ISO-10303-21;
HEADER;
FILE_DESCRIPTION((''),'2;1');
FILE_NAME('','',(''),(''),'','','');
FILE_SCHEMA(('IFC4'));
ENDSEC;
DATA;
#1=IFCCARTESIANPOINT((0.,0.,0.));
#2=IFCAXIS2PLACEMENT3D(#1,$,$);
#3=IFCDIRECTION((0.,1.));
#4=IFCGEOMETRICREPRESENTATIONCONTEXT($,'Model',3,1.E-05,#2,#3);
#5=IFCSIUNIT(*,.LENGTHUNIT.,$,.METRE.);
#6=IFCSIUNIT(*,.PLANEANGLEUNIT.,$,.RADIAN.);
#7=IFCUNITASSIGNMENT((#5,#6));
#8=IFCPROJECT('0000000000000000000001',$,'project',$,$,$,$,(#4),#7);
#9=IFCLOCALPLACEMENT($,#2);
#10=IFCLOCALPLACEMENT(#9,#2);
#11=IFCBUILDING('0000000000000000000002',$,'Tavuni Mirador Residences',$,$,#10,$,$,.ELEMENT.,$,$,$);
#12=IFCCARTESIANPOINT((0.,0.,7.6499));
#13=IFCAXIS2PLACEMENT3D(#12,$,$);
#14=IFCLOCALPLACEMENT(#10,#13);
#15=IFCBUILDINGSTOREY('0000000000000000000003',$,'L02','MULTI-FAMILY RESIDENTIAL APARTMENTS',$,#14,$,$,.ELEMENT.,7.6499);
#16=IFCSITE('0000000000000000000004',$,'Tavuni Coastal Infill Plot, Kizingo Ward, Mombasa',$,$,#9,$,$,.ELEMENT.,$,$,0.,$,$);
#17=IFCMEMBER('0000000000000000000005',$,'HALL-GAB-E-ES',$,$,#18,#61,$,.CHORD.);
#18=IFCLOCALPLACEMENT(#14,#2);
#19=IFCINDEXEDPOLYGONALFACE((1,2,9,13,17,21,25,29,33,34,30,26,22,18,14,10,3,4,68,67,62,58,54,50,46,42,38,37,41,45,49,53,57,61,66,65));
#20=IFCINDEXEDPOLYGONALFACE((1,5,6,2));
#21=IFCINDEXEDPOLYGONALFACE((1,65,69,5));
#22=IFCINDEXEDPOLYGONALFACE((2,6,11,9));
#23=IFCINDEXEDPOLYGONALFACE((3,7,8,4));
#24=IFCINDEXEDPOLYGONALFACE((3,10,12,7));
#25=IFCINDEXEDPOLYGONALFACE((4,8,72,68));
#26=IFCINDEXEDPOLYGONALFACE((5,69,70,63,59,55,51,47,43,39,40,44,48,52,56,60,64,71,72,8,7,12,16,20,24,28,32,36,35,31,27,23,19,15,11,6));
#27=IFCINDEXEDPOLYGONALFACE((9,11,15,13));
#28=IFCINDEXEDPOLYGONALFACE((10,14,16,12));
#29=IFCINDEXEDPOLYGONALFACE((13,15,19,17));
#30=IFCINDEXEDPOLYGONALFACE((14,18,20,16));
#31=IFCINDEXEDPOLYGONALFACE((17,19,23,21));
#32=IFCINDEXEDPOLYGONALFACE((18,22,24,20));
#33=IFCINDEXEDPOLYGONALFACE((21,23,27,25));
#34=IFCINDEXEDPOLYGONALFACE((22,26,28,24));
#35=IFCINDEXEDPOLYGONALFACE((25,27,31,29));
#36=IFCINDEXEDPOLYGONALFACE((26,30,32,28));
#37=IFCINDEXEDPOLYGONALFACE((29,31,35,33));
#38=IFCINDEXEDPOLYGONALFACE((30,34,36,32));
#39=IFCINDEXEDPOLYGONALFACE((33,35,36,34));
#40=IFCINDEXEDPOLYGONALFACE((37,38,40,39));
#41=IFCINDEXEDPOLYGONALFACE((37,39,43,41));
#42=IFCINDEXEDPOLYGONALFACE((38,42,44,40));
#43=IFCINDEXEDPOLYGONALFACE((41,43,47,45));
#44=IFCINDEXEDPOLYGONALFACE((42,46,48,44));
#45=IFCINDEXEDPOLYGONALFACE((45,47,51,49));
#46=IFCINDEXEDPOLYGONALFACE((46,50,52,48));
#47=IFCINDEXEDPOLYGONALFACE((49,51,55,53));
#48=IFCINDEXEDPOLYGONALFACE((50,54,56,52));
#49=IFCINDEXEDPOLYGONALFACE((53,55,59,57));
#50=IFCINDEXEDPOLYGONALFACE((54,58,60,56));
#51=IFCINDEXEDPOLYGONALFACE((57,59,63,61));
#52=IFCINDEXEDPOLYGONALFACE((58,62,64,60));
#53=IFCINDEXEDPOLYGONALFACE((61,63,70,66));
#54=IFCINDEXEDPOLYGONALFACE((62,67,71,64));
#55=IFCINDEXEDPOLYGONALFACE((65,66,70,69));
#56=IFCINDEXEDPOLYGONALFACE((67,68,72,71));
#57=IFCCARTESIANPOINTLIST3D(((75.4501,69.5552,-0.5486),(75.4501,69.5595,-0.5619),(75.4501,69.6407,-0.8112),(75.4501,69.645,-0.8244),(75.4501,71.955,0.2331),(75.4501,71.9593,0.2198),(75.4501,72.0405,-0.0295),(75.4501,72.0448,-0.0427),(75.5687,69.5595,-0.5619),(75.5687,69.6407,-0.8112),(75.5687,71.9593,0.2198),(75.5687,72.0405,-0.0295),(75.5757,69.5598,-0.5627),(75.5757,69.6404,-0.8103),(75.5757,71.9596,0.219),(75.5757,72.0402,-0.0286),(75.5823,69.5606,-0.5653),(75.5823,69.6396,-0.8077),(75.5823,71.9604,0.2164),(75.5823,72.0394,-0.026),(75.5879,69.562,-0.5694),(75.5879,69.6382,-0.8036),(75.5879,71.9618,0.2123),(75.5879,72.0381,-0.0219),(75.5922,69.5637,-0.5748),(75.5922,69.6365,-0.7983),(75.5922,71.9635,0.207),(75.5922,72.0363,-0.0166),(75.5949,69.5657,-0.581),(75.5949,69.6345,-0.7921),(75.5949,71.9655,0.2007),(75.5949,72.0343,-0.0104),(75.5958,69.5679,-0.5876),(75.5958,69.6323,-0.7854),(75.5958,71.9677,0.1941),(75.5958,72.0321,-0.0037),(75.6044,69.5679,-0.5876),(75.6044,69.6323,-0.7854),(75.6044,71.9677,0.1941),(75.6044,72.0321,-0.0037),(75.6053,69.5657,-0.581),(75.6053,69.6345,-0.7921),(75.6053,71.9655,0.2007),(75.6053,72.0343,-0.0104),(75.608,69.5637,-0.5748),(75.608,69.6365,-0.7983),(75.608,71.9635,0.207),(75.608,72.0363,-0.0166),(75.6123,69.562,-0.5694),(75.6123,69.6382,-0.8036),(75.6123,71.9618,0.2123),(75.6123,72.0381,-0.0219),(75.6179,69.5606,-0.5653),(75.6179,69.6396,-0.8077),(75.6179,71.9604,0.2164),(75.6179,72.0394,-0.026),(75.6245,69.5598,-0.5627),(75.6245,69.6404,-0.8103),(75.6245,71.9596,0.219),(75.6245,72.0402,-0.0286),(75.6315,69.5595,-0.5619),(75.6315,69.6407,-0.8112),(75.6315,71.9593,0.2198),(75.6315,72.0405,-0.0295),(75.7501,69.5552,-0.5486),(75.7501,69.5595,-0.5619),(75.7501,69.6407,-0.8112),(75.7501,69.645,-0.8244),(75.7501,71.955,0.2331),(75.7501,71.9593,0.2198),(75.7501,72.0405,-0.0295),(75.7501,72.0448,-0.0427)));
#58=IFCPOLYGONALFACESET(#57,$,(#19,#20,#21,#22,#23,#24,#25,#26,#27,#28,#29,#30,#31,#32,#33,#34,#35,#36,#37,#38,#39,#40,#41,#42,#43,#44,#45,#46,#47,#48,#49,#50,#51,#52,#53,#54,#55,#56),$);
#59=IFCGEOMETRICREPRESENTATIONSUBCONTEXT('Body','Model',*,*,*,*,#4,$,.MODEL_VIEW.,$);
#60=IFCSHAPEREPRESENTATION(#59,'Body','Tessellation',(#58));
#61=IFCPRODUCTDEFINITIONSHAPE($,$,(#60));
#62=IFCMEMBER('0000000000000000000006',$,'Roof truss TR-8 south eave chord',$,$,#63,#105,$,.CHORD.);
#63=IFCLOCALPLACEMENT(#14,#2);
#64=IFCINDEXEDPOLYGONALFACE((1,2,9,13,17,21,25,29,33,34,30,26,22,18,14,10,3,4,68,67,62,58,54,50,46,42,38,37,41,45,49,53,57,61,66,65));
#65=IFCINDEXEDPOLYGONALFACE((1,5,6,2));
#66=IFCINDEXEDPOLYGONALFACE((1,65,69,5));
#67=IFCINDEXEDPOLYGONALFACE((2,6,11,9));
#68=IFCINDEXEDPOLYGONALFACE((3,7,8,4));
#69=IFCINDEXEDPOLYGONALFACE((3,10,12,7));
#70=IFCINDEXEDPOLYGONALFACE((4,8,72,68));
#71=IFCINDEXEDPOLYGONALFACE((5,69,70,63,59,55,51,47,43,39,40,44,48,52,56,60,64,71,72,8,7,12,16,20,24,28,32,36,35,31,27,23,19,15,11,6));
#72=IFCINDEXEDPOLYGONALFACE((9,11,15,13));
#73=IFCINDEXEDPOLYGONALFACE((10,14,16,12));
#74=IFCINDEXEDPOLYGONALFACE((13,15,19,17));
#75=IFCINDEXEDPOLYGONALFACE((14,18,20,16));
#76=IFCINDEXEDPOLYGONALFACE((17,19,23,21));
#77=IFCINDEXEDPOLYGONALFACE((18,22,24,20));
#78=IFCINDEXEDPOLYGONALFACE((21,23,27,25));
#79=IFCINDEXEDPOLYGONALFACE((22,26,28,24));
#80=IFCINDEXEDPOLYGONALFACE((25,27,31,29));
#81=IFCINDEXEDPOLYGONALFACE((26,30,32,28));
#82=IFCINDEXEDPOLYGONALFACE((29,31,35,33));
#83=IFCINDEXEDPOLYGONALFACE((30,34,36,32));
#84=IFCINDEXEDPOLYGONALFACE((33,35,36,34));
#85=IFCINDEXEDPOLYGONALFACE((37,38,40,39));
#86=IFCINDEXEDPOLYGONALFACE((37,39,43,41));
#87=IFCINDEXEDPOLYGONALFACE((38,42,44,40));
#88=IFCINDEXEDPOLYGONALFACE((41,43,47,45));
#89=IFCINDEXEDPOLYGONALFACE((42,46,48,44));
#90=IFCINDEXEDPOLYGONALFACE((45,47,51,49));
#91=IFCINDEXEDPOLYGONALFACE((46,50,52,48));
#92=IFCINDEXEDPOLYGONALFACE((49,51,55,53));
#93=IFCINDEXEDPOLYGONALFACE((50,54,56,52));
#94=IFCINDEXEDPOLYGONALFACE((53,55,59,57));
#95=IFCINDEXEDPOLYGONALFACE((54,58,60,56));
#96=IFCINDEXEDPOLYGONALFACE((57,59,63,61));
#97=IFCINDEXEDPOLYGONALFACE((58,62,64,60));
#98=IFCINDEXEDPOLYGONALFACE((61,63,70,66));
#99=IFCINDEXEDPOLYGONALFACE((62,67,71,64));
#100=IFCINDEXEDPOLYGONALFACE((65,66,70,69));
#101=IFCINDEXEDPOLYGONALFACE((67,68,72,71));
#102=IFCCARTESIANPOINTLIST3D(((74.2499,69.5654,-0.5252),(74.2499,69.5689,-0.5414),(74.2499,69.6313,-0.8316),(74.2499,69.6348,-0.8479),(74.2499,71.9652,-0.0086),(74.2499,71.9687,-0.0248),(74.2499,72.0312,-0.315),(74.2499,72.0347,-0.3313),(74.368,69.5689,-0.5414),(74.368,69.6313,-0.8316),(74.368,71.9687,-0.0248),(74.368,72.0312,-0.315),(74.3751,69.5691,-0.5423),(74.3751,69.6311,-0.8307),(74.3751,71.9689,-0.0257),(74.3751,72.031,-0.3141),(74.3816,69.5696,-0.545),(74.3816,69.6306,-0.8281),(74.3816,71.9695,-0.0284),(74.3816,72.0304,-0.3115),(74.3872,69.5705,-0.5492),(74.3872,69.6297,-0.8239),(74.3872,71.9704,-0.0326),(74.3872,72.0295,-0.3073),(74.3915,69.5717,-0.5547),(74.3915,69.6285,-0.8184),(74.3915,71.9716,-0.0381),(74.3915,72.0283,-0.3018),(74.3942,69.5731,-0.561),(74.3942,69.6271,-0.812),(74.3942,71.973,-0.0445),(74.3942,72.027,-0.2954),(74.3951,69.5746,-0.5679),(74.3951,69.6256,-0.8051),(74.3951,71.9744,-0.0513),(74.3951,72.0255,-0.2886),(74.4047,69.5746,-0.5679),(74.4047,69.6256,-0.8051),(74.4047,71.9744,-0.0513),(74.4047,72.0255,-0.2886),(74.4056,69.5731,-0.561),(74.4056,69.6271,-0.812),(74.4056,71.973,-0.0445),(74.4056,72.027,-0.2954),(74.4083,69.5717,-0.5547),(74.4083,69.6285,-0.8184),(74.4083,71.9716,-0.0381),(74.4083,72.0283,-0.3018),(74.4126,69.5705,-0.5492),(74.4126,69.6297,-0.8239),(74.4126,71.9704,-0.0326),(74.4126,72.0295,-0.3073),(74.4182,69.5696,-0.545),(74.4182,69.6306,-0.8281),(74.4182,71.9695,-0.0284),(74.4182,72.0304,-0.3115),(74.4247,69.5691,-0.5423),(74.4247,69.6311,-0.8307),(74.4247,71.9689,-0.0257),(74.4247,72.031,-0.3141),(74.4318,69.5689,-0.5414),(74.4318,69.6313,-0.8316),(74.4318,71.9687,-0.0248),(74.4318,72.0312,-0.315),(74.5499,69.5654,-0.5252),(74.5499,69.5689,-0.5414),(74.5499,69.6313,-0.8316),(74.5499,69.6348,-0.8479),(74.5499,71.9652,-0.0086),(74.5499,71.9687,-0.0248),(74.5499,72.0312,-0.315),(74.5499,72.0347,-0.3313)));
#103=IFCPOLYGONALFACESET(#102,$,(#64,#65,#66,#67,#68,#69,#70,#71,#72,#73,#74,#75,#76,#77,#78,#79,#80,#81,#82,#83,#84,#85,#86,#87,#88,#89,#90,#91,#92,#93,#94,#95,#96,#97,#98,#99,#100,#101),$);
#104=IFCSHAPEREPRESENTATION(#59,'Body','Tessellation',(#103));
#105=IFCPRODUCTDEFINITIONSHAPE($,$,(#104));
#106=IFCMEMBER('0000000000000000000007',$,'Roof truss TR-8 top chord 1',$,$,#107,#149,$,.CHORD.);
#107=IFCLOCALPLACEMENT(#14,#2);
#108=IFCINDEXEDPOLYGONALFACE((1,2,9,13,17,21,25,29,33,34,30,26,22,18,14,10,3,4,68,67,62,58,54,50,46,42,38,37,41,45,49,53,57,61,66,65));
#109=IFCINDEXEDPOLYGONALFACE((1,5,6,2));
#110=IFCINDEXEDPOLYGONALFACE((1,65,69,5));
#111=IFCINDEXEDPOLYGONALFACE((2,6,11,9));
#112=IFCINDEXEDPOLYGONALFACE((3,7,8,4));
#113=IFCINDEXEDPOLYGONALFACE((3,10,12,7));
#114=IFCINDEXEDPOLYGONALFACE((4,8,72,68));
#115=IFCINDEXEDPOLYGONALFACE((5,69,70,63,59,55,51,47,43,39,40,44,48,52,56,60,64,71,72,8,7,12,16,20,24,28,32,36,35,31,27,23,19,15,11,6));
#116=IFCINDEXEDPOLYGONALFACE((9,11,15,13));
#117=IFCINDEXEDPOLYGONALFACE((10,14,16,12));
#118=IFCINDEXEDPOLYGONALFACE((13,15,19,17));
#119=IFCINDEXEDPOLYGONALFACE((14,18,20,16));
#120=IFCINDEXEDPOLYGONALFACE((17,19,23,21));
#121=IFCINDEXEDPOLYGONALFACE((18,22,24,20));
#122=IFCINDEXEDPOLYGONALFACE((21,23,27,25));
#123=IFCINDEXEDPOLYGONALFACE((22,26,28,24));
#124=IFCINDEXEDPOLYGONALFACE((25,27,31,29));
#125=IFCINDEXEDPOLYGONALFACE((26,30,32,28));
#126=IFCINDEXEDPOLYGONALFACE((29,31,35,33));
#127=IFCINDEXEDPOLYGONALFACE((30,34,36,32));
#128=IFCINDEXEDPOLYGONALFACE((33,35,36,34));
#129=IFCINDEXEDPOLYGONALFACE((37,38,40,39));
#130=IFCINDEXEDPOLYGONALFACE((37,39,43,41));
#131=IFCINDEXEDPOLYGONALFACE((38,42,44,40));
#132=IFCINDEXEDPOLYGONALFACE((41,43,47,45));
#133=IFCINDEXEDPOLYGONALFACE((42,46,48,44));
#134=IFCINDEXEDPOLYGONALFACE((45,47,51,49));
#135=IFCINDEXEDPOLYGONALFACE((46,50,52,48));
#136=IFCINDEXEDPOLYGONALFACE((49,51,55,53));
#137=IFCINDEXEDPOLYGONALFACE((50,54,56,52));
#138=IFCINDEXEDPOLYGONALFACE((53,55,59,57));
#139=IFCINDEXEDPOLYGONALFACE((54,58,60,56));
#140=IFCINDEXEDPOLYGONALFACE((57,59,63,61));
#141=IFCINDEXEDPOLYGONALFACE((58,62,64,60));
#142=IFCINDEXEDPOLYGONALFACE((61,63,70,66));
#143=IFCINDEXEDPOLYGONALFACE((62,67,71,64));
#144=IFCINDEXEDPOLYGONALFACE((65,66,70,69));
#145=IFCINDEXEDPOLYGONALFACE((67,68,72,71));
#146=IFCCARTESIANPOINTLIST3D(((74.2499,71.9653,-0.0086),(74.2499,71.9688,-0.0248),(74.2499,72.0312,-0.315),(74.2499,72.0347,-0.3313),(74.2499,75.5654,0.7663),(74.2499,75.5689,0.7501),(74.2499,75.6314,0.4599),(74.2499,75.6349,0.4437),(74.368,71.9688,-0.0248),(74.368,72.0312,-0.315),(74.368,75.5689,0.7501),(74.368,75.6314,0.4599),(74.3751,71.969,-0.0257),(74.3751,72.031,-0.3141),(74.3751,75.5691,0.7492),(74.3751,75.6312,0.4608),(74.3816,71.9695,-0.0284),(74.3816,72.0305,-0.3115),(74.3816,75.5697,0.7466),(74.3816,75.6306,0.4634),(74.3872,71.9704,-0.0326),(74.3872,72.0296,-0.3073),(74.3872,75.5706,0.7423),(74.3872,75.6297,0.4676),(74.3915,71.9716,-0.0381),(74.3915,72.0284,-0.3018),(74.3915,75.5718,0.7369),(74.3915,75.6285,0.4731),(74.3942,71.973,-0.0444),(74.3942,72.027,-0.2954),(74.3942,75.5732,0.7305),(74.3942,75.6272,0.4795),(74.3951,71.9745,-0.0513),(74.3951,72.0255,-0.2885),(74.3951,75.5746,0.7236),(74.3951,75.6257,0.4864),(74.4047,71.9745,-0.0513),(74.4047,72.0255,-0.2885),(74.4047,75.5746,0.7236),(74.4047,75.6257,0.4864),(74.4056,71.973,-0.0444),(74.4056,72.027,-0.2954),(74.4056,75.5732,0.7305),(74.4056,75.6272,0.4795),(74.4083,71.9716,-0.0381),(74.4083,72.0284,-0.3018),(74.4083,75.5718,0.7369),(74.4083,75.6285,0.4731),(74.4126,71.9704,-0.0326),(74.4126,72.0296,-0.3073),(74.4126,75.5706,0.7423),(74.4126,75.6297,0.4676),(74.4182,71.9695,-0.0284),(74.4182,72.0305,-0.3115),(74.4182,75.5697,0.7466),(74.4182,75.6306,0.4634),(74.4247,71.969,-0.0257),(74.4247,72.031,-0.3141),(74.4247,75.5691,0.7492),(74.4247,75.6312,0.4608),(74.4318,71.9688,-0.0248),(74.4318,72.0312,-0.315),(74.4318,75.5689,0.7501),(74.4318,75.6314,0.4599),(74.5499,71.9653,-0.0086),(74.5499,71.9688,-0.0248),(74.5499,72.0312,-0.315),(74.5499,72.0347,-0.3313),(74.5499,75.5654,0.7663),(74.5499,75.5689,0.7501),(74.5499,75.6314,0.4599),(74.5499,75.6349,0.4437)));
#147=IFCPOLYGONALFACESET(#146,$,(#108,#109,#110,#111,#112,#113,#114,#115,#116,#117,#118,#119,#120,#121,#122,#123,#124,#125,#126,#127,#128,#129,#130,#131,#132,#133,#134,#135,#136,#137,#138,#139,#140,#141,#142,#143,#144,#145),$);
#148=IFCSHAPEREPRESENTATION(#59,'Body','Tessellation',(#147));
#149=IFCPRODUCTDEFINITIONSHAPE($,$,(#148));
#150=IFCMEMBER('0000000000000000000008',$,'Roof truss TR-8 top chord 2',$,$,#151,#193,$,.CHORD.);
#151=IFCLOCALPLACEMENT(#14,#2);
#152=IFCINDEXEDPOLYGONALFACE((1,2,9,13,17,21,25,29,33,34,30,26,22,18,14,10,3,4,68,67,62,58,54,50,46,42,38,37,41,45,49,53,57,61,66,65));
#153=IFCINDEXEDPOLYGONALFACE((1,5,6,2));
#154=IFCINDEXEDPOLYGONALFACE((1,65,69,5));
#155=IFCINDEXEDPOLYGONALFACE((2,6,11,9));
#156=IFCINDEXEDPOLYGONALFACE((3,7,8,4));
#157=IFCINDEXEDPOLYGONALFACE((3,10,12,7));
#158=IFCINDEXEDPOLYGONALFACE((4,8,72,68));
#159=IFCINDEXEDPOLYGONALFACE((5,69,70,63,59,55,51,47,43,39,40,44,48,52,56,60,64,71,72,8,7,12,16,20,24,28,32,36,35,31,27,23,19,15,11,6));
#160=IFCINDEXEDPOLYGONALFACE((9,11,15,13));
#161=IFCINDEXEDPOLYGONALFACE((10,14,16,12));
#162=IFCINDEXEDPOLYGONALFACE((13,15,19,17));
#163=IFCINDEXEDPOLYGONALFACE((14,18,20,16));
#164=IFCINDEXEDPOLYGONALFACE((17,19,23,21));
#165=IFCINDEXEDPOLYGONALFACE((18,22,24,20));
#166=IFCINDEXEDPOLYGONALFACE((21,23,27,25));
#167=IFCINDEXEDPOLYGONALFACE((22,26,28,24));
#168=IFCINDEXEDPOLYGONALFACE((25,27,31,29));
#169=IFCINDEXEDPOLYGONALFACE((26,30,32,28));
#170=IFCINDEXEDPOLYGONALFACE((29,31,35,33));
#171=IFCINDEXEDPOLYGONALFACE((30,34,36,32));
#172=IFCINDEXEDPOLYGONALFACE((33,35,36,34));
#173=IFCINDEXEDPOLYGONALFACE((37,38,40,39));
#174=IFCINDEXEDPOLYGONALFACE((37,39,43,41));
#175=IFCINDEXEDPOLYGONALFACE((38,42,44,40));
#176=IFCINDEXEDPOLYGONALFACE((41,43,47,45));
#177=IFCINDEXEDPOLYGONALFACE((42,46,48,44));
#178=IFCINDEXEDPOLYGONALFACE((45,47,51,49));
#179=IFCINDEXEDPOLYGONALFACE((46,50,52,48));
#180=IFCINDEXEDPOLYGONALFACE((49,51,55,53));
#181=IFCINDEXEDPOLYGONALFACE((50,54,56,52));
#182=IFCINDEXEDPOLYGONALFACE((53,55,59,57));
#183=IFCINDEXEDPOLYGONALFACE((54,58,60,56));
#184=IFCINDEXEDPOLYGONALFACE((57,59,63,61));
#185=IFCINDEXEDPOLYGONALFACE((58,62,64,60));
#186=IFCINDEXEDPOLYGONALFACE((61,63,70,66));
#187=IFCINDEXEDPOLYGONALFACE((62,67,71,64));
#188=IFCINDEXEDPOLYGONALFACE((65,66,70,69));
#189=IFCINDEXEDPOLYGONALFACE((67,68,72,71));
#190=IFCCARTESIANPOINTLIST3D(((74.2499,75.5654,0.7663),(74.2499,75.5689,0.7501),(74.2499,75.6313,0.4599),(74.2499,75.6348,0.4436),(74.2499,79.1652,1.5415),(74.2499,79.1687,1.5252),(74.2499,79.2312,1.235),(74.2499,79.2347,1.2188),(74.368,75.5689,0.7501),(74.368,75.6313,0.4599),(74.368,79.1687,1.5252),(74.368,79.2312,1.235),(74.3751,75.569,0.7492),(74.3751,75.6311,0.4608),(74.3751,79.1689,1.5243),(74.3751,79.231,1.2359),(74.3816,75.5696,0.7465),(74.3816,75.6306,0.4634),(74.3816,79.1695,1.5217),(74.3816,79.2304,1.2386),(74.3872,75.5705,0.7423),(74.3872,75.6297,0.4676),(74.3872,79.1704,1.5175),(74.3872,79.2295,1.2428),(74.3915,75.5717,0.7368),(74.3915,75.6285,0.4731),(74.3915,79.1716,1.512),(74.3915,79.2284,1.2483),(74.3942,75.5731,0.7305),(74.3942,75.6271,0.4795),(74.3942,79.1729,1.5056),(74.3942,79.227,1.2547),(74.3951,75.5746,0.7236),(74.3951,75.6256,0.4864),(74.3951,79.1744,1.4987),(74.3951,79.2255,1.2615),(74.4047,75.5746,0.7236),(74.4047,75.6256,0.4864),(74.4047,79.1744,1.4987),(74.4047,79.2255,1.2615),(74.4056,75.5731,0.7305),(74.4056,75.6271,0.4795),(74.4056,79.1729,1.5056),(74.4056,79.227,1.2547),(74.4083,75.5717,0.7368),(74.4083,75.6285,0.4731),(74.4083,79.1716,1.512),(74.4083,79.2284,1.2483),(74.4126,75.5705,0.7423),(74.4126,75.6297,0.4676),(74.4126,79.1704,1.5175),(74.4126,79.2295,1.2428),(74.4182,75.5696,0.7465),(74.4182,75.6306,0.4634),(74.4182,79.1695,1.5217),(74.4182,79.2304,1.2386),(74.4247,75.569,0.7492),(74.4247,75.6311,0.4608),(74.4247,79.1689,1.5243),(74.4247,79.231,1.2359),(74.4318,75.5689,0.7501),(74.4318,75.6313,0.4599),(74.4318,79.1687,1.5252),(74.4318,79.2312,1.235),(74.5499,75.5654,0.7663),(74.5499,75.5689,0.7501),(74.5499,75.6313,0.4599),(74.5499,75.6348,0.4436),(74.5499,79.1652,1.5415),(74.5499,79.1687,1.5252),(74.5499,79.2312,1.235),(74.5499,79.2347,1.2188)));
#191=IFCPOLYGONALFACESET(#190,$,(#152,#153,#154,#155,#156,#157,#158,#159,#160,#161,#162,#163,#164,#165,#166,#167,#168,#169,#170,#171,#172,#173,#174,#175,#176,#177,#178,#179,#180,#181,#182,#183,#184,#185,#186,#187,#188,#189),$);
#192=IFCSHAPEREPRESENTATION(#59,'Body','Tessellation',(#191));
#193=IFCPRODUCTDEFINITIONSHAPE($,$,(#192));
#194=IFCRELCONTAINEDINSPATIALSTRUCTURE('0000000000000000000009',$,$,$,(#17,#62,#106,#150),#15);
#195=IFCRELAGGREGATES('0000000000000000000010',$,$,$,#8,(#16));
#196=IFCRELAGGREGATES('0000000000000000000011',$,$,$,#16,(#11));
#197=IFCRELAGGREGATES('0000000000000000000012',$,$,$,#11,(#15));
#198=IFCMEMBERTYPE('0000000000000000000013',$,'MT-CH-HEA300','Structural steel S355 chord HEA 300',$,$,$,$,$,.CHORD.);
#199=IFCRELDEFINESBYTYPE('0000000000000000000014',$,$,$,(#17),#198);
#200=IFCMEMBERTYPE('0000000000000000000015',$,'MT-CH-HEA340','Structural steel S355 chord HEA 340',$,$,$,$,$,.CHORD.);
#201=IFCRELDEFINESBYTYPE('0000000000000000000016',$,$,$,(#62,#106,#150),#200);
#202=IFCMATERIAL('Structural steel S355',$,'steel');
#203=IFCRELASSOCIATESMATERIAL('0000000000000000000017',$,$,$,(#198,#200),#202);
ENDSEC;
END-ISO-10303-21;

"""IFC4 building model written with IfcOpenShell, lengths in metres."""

from ifc_helpers import new_model, si_unit, direction, frame, origin, origin_2d, place, context, subcontext, project, spatial, i_section, extrude, material, material_profile, profile_set, type_object, element, save


model = new_model("IFC4")

# Units and contexts
model_context = context("Model", 3, precision=1e-05, world=origin(), true_north=direction((0.0, 1.0)))
body_context = subcontext(model_context, "Body", "Model", "MODEL_VIEW")
ifc_project = project(units=[si_unit("LENGTHUNIT", "METRE"), si_unit("PLANEANGLEUNIT", "RADIAN")], contexts=[model_context])

# Site, building, storey
site_placement = place(None, origin())
site = spatial("IfcSite", under=ifc_project, at=site_placement, Name="Tavuni Coastal Infill Plot, Kizingo Ward, Mombasa", CompositionType="ELEMENT", RefElevation=0.0)
building_placement = place(site_placement, origin())
building = spatial("IfcBuilding", under=site, at=building_placement, Name="Tavuni Mirador Residences", CompositionType="ELEMENT")
storey_placement = place(building_placement, frame((0.0, 0.0, 7.6499)))
storey = spatial("IfcBuildingStorey", under=building, at=storey_placement, Name="L02", Description="MULTI-FAMILY RESIDENTIAL APARTMENTS", CompositionType="ELEMENT", Elevation=7.6499)

# Members
ifc_material_1 = material(Name="Structural steel S355", Category="steel")
ifc_material_profile_1 = material_profile(ifc_material_1, i_section(OverallWidth=0.3, OverallDepth=0.29, WebThickness=0.0085, FlangeThickness=0.0139, FilletRadius=0.0271, at=origin_2d()), Name="HEA 300", Category="steel")
ifc_profile_set_1 = profile_set([ifc_material_profile_1], Name="Structural steel S355")
member_type_1 = type_object("IfcMemberType", Name="MT-CH-HEA300", Description="Structural steel S355 chord HEA 300", PredefinedType="CHORD", material=ifc_profile_set_1)
member_1_placement = place(storey_placement, frame((75.6001, 69.6001, -0.6865), z_axis=(0.0, 0.950828, 0.30972), x_axis=(-1.0, 0.0, 0.0)))
element("IfcMember", 1, at=member_1_placement, inside=storey, type_object=member_type_1, Name="HALL-GAB-E-ES", PredefinedType="CHORD", context=body_context, shape_type="SweptSolid", body=[
    extrude(i_section(OverallWidth=0.3, OverallDepth=0.29, WebThickness=0.0085, FlangeThickness=0.0139, FilletRadius=0.0271, at=origin_2d()), origin(), (0.0, 0.0, 1.0), 2.5239),
])
ifc_material_profile_2 = material_profile(ifc_material_1, i_section(OverallWidth=0.3, OverallDepth=0.3301, WebThickness=0.0095, FlangeThickness=0.0166, FilletRadius=0.0271, at=origin_2d()), Name="HEA 340", Category="steel")
ifc_profile_set_2 = profile_set([ifc_material_profile_2], Name="Structural steel S355")
member_type_2 = type_object("IfcMemberType", Name="MT-CH-HEA340", Description="Structural steel S355 chord HEA 340", PredefinedType="CHORD", material=ifc_profile_set_2)
member_2_placement = place(storey_placement, frame((74.3999, 69.6001, -0.6865), z_axis=(0.0, 0.977607, 0.210439), x_axis=(-1.0, 0.0, 0.0)))
element("IfcMember", 2, at=member_2_placement, inside=storey, type_object=member_type_2, Name="Roof truss TR-8 south eave chord", PredefinedType="CHORD", context=body_context, shape_type="SweptSolid", body=[
    extrude(i_section(OverallWidth=0.3, OverallDepth=0.3301, WebThickness=0.0095, FlangeThickness=0.0166, FilletRadius=0.0271, at=origin_2d()), origin(), (0.0, 0.0, 1.0), 2.4548),
])
member_3_placement = place(storey_placement, frame((74.3999, 72.0, -0.1699), z_axis=(0.0, 0.97761, 0.210425), x_axis=(-1.0, 0.0, 0.0)))
element("IfcMember", 3, at=member_3_placement, inside=storey, type_object=member_type_2, Name="Roof truss TR-8 top chord 1", PredefinedType="CHORD", context=body_context, shape_type="SweptSolid", body=[
    extrude(i_section(OverallWidth=0.3, OverallDepth=0.3301, WebThickness=0.0095, FlangeThickness=0.0166, FilletRadius=0.0271, at=origin_2d()), origin(), (0.0, 0.0, 1.0), 3.6826),
])
member_4_placement = place(storey_placement, frame((74.3999, 75.6001, 0.605), z_axis=(0.0, 0.977593, 0.210502), x_axis=(-1.0, 0.0, 0.0)))
element("IfcMember", 4, at=member_4_placement, inside=storey, type_object=member_type_2, Name="Roof truss TR-8 top chord 2", PredefinedType="CHORD", context=body_context, shape_type="SweptSolid", body=[
    extrude(i_section(OverallWidth=0.3, OverallDepth=0.3301, WebThickness=0.0095, FlangeThickness=0.0166, FilletRadius=0.0271, at=origin_2d()), origin(), (0.0, 0.0, 1.0), 3.6824),
])

save(model, "model.ifc")
